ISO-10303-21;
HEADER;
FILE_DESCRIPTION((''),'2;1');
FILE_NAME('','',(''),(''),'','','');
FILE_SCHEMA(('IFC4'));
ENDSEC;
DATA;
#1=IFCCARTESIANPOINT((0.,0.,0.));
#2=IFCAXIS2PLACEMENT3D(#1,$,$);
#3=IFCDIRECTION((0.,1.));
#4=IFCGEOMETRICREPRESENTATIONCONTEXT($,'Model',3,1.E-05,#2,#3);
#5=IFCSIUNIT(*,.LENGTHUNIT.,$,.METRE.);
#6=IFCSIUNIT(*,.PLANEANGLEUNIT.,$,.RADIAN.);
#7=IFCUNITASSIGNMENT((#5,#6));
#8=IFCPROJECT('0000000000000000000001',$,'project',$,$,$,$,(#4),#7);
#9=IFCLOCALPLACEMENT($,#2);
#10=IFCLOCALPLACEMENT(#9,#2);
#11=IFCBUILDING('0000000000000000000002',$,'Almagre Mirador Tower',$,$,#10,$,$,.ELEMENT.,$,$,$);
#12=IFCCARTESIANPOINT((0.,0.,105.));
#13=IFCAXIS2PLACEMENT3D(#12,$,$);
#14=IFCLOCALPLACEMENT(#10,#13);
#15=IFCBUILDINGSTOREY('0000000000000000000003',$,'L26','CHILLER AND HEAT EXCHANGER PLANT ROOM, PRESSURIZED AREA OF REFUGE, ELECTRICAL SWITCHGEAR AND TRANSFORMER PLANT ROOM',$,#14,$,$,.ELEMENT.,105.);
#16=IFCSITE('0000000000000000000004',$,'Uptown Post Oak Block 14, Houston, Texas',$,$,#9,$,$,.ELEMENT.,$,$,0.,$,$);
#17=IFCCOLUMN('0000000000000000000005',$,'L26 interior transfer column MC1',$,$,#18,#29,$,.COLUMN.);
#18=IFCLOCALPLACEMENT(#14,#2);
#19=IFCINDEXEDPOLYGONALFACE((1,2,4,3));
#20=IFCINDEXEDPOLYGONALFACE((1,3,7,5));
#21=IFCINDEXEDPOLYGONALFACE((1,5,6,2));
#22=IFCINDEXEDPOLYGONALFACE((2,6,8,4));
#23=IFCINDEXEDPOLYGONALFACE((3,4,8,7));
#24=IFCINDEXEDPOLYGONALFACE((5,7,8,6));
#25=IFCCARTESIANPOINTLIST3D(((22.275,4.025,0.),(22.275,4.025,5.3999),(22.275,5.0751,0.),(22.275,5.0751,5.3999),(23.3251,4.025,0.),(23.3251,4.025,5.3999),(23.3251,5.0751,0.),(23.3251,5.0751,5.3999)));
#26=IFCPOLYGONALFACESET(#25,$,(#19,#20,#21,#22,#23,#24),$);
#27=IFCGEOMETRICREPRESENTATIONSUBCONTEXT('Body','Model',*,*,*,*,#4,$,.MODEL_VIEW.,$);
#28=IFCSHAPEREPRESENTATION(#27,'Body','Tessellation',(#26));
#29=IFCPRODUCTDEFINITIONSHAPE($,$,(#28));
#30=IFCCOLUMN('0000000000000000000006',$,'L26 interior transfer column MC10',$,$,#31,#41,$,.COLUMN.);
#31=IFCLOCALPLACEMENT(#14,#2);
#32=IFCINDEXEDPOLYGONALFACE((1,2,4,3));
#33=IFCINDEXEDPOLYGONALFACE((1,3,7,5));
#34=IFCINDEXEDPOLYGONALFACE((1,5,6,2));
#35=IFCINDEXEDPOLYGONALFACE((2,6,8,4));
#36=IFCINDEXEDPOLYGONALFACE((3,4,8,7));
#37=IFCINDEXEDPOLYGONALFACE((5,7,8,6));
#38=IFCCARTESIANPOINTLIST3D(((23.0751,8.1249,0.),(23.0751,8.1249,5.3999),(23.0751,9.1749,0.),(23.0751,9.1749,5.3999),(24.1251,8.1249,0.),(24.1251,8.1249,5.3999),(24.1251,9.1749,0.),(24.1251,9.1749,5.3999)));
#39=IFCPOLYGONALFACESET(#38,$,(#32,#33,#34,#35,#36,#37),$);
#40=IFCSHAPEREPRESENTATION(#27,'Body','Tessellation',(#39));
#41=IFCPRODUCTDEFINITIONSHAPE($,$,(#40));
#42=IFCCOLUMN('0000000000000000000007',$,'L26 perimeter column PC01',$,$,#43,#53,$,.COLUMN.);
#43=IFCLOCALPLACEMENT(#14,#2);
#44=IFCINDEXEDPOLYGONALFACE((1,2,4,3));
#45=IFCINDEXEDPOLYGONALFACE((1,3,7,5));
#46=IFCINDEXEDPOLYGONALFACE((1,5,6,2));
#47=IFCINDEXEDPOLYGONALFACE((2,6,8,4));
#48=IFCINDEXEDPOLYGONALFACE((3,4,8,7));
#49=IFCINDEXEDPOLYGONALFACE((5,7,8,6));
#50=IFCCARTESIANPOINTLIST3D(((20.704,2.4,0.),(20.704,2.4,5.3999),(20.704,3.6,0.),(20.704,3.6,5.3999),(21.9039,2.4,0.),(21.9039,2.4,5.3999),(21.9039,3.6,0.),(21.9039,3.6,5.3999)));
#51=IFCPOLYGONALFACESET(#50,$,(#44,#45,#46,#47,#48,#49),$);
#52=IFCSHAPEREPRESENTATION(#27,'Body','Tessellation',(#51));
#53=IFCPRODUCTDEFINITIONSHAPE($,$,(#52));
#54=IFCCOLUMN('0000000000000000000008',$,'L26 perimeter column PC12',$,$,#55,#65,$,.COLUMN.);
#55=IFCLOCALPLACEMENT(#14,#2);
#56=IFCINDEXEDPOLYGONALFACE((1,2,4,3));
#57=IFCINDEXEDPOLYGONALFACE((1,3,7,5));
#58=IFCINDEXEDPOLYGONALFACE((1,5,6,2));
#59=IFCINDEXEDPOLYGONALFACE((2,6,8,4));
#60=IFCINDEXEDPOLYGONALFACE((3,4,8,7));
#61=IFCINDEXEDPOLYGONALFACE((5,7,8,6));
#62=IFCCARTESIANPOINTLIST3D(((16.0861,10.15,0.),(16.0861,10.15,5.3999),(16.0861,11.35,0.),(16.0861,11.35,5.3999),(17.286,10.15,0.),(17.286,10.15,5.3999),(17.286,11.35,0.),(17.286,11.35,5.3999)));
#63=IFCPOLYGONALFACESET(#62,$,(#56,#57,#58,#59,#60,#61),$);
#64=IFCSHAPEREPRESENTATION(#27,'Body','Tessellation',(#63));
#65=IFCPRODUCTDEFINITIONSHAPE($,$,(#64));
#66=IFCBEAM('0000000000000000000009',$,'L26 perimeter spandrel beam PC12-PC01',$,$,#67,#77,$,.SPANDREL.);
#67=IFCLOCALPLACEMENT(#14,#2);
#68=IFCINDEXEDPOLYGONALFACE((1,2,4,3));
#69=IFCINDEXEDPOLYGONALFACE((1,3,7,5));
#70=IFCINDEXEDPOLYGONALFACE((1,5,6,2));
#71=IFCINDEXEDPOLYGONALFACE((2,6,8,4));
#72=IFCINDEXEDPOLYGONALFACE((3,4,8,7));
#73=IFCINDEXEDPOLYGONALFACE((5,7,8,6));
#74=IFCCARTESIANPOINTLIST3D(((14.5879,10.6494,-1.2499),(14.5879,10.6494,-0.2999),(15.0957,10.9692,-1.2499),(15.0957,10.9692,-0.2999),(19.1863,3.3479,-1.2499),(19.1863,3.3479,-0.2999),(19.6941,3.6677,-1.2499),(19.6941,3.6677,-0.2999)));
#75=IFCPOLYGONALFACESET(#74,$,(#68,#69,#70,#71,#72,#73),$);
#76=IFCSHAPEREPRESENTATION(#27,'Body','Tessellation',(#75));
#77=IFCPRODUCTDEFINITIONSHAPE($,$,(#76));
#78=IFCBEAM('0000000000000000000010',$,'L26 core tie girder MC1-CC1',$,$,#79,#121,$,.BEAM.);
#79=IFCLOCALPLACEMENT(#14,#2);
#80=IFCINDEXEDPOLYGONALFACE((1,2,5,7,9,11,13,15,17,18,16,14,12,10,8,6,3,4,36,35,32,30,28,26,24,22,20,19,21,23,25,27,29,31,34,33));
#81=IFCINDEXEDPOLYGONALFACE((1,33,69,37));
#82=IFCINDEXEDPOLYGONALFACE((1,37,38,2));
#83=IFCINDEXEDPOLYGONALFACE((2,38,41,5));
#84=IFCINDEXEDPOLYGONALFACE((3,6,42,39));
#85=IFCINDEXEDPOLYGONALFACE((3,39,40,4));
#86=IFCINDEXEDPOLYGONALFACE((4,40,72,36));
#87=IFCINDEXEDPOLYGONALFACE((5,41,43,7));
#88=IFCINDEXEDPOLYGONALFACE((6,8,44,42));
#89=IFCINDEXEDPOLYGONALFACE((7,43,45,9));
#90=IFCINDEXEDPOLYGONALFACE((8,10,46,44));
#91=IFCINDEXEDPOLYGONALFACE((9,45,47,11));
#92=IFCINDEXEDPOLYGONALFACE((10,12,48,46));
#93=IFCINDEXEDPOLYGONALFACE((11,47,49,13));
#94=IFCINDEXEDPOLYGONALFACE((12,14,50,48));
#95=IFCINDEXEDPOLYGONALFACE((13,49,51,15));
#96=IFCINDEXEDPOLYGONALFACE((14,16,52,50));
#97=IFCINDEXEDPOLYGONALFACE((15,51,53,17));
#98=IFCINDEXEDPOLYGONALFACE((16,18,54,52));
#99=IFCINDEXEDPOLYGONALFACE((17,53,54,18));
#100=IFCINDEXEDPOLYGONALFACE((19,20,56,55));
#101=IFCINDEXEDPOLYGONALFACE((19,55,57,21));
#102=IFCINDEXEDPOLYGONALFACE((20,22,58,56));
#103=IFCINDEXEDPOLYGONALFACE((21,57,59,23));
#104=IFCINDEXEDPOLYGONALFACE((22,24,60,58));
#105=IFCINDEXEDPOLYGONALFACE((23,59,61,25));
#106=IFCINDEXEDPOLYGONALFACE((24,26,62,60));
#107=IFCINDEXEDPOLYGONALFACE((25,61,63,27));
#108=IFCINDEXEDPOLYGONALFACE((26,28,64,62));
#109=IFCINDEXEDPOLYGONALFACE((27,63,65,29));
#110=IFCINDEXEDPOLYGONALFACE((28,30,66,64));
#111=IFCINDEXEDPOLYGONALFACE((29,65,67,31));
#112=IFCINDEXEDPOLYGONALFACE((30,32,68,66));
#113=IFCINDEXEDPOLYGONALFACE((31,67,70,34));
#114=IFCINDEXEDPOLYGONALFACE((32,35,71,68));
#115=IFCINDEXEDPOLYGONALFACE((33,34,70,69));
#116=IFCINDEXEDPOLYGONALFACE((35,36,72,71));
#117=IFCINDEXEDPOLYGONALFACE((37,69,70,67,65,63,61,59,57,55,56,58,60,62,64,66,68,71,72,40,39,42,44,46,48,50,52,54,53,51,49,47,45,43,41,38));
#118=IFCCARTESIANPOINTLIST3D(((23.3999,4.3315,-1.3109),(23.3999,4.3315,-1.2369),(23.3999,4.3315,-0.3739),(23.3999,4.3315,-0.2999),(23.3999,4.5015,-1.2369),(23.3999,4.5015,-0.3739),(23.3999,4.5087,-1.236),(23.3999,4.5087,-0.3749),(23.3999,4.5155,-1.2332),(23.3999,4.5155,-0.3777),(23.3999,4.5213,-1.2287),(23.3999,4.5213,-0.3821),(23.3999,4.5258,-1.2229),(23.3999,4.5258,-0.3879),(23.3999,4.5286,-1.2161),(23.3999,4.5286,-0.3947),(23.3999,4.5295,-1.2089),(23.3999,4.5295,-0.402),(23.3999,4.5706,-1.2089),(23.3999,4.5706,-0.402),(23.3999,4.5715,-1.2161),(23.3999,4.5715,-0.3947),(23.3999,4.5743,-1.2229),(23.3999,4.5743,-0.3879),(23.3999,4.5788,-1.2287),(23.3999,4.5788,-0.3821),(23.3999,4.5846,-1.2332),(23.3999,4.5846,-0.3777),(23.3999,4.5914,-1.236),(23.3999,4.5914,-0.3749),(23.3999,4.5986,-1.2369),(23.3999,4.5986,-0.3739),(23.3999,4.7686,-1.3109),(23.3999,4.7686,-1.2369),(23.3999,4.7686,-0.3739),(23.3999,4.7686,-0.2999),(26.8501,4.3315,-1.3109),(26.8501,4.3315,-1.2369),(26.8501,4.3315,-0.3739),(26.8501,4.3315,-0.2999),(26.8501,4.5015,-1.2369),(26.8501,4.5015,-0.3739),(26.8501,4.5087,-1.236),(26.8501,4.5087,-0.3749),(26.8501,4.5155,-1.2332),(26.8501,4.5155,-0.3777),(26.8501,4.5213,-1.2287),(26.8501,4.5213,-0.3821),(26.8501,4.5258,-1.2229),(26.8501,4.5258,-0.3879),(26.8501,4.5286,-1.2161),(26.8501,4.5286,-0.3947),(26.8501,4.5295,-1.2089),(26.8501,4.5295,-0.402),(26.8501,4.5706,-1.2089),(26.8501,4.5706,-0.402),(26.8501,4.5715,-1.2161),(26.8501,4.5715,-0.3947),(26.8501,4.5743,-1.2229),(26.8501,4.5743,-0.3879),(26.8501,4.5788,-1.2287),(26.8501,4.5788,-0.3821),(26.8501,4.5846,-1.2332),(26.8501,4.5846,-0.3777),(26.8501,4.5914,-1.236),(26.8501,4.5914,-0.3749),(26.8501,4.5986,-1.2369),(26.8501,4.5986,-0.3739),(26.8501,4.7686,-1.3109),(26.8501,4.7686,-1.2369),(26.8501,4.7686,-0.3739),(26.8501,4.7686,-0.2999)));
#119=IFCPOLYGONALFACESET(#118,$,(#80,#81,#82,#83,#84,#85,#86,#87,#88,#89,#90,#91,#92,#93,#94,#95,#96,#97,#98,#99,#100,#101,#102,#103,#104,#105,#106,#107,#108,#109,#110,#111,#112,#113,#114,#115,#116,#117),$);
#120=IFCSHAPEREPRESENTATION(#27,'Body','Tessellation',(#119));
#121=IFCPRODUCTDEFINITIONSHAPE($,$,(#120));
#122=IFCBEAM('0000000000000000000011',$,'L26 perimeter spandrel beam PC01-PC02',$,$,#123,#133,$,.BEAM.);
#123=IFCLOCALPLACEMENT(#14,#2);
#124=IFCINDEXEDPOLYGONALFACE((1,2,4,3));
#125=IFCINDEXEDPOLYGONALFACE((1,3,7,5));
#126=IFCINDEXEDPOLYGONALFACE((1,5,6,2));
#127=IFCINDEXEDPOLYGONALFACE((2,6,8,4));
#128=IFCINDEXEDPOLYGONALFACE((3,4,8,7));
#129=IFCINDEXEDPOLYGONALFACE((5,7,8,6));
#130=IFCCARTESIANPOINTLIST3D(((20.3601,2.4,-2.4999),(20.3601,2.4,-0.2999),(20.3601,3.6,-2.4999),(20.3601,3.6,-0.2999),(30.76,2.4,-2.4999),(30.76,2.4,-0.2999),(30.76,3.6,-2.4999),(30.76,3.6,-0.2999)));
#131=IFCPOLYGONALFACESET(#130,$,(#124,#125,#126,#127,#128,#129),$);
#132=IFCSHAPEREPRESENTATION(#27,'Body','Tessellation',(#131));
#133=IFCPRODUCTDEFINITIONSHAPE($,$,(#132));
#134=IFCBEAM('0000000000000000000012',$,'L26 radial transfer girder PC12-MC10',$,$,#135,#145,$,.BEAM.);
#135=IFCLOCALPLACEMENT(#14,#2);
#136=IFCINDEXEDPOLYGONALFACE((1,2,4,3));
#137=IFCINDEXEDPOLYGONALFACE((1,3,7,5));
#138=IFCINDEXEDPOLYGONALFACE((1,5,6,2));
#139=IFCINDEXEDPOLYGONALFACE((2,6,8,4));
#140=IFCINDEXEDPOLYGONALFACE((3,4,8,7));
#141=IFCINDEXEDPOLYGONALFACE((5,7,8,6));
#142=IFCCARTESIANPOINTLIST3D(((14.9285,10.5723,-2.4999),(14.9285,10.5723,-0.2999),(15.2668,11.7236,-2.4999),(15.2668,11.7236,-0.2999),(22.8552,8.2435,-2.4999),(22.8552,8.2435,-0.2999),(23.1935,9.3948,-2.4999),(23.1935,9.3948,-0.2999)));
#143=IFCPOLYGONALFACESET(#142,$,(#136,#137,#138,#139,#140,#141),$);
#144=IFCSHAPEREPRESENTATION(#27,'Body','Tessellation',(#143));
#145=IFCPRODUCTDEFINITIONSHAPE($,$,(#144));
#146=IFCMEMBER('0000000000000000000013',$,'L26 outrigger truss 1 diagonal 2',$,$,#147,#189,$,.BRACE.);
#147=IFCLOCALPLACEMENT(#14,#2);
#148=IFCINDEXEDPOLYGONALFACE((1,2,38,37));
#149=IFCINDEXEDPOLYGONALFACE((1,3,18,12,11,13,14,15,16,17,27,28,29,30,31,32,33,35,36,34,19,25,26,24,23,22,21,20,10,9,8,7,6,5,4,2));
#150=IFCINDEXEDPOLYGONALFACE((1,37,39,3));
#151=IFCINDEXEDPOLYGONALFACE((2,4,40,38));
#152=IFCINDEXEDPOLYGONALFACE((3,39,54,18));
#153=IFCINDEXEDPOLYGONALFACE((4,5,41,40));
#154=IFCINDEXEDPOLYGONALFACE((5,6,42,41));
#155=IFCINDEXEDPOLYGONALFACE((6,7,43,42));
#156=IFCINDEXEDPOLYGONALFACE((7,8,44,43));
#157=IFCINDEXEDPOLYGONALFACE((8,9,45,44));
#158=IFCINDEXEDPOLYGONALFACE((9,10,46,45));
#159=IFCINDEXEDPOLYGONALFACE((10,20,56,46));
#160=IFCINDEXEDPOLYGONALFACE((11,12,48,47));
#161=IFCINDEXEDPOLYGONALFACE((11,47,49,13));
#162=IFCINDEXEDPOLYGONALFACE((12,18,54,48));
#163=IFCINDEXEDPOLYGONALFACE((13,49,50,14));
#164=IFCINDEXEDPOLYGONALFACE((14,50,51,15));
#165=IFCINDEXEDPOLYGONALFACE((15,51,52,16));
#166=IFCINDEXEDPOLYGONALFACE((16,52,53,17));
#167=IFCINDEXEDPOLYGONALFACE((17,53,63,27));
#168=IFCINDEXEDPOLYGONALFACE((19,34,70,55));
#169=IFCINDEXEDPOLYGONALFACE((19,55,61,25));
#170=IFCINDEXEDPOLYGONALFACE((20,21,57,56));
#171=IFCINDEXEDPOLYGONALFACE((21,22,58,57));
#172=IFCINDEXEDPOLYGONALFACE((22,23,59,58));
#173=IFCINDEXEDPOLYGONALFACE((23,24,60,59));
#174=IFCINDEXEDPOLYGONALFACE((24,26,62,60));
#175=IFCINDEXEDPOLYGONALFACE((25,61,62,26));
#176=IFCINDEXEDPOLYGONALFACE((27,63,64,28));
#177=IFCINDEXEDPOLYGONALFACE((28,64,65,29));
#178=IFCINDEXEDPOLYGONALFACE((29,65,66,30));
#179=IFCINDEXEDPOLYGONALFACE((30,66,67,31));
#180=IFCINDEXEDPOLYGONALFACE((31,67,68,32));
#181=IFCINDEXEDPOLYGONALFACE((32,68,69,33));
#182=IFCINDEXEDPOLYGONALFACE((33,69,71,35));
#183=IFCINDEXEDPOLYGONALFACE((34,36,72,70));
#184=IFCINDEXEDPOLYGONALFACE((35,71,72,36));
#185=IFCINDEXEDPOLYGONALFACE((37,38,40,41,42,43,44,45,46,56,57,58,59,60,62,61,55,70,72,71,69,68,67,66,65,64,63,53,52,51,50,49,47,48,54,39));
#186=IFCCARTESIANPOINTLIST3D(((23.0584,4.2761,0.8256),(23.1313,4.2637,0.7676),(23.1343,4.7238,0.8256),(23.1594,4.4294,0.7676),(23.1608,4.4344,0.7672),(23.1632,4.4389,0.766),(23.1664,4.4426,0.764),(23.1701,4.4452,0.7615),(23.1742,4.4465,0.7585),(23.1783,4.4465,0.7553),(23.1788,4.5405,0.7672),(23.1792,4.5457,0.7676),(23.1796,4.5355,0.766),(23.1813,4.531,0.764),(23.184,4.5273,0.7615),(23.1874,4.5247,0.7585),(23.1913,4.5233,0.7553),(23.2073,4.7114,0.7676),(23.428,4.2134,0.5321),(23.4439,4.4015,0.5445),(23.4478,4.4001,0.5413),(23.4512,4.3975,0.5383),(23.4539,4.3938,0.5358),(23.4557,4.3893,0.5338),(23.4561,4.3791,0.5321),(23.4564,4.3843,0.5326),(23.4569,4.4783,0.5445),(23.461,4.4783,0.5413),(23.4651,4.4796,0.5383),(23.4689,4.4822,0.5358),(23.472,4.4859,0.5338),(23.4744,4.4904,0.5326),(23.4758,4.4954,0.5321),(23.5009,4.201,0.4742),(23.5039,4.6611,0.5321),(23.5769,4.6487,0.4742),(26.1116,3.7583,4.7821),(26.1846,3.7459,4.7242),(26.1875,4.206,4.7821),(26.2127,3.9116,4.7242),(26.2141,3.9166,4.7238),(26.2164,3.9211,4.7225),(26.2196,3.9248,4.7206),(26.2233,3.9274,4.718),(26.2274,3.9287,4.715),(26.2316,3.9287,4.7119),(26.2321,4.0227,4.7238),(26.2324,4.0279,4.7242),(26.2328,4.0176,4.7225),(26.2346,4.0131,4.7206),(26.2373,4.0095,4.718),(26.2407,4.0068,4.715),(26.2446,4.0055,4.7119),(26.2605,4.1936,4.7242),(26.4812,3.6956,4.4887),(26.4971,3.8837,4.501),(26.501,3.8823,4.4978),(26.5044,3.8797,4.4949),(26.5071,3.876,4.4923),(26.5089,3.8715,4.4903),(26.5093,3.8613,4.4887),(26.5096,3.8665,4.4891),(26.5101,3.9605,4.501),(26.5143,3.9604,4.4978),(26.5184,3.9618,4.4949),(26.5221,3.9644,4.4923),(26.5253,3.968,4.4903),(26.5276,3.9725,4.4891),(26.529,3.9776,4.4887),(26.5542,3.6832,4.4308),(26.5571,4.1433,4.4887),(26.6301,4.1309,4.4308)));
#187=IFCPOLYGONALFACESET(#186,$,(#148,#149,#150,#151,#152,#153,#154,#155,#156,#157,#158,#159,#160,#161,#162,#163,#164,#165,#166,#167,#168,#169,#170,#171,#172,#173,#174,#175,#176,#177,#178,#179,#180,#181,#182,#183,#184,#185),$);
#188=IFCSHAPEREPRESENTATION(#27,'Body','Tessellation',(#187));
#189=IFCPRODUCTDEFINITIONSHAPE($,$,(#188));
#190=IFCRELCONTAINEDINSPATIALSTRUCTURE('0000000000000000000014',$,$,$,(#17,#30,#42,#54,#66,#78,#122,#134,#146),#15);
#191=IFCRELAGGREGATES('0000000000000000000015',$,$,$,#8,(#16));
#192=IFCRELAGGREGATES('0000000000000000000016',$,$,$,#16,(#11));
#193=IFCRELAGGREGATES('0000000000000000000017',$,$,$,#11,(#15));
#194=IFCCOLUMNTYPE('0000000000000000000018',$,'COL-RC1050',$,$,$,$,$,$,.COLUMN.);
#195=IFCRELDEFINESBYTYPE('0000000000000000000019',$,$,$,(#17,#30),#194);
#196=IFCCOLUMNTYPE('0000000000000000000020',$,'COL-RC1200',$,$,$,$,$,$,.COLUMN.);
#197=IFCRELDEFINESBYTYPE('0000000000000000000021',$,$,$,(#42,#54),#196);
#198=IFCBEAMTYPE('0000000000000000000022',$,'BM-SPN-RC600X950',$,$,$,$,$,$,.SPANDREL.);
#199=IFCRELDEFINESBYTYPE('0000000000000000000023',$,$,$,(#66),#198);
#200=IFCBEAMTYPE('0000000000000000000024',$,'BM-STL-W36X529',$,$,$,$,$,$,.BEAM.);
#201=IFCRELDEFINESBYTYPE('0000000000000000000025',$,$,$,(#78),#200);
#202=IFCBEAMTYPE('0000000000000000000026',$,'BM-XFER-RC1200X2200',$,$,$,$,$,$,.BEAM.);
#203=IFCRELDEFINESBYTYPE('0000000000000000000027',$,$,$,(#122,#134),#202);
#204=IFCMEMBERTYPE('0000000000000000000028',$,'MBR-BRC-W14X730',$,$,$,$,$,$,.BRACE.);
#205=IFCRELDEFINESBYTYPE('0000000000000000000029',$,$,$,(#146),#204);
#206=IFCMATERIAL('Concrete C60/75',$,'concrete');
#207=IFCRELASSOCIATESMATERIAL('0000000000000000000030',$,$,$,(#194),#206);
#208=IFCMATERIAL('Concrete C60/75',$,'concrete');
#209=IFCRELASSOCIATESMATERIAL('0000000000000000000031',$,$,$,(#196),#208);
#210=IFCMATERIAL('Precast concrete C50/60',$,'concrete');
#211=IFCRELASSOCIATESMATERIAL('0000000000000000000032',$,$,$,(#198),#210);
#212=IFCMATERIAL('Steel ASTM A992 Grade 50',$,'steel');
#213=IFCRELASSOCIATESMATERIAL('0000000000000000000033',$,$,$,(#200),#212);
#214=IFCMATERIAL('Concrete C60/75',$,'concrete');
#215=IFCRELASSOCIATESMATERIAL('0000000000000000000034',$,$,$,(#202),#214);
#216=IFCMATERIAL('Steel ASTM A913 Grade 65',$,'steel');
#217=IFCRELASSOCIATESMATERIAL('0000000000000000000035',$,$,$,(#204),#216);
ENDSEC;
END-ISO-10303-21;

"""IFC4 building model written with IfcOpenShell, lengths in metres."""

from ifc_helpers import new_model, si_unit, direction, frame, origin, origin_2d, place, context, subcontext, project, spatial, rectangle, i_section, extrude, material, material_profile, profile_set, type_object, element, save


model = new_model("IFC4")

# Units and contexts
model_context = context("Model", 3, precision=1e-05, world=origin(), true_north=direction((0.0, 1.0)))
body_context = subcontext(model_context, "Body", "Model", "MODEL_VIEW")
ifc_project = project(units=[si_unit("LENGTHUNIT", "METRE"), si_unit("PLANEANGLEUNIT", "RADIAN")], contexts=[model_context])

# Site, building, storey
site_placement = place(None, origin())
site = spatial("IfcSite", under=ifc_project, at=site_placement, Name="Uptown Post Oak Block 14, Houston, Texas", CompositionType="ELEMENT", RefElevation=0.0)
building_placement = place(site_placement, origin())
building = spatial("IfcBuilding", under=site, at=building_placement, Name="Almagre Mirador Tower", CompositionType="ELEMENT")
storey_placement = place(building_placement, frame((0.0, 0.0, 105.0)))
storey = spatial("IfcBuildingStorey", under=building, at=storey_placement, Name="L26", Description="CHILLER AND HEAT EXCHANGER PLANT ROOM, PRESSURIZED AREA OF REFUGE, ELECTRICAL SWITCHGEAR AND TRANSFORMER PLANT ROOM", CompositionType="ELEMENT", Elevation=105.0)

# Columns
ifc_material_1 = material(Name="Concrete C60/75", Category="concrete")
ifc_material_profile_1 = material_profile(ifc_material_1, rectangle(XDim=1.05, YDim=1.05, at=origin_2d()), Name="RC1050X1050")
ifc_profile_set_1 = profile_set([ifc_material_profile_1], Name="Concrete C60/75")
column_type_1 = type_object("IfcColumnType", Name="COL-RC1050", PredefinedType="COLUMN", material=ifc_profile_set_1)
for number, where, z_axis, x_axis, name in (
    (1, (22.8, 4.55, 0.0), (0.0, 0.0, 1.0), (1.0, 0.0, 0.0), "L26 interior transfer column MC1"),
    (2, (23.6001, 8.6499, 0.0), (0.0, 0.0, 1.0), (1.0, 0.0, 0.0), "L26 interior transfer column MC10"),
):
    element("IfcColumn", number, at=place(storey_placement, frame(where, z_axis=z_axis, x_axis=x_axis)), inside=storey, type_object=column_type_1, Name=name, PredefinedType="COLUMN", context=body_context, shape_type="SweptSolid", body=[
        extrude(rectangle(XDim=1.05, YDim=1.05, at=origin_2d()), origin(), (0.0, 0.0, 1.0), 5.3999),
    ])
ifc_material_2 = material(Name="Concrete C60/75", Category="concrete")
ifc_material_profile_2 = material_profile(ifc_material_2, rectangle(XDim=1.2, YDim=1.2, at=origin_2d()), Name="RC1200X1200")
ifc_profile_set_2 = profile_set([ifc_material_profile_2], Name="Concrete C60/75")
column_type_2 = type_object("IfcColumnType", Name="COL-RC1200", PredefinedType="COLUMN", material=ifc_profile_set_2)
for number, where, z_axis, x_axis, name in (
    (3, (21.304, 3.0, 0.0), (0.0, 0.0, 1.0), (1.0, 0.0, 0.0), "L26 perimeter column PC01"),
    (4, (16.686, 10.75, 0.0), (0.0, 0.0, 1.0), (1.0, 0.0, 0.0), "L26 perimeter column PC12"),
):
    element("IfcColumn", number, at=place(storey_placement, frame(where, z_axis=z_axis, x_axis=x_axis)), inside=storey, type_object=column_type_2, Name=name, PredefinedType="COLUMN", context=body_context, shape_type="SweptSolid", body=[
        extrude(rectangle(XDim=1.2, YDim=1.2, at=origin_2d()), origin(), (0.0, 0.0, 1.0), 5.3999),
    ])

# Beams
ifc_material_3 = material(Name="Precast concrete C50/60", Category="concrete")
ifc_material_profile_3 = material_profile(ifc_material_3, rectangle(XDim=0.6001, YDim=0.95, at=origin_2d()), Name="RC600X950")
ifc_profile_set_3 = profile_set([ifc_material_profile_3], Name="Precast concrete C50/60")
beam_type_1 = type_object("IfcBeamType", Name="BM-SPN-RC600X950", PredefinedType="SPANDREL", material=ifc_profile_set_3)
beam_1_placement = place(storey_placement, frame((14.8418, 10.8093, -0.7749), z_axis=(0.532908, -0.846173, 0.0), x_axis=(0.846173, 0.532908, 0.0)))
element("IfcBeam", 5, at=beam_1_placement, inside=storey, type_object=beam_type_1, Name="L26 perimeter spandrel beam PC12-PC01", PredefinedType="SPANDREL", context=body_context, shape_type="SweptSolid", body=[
    extrude(rectangle(XDim=0.6001, YDim=0.95, at=origin_2d()), origin(), (0.0, 0.0, 1.0), 8.6289),
])
ifc_material_4 = material(Name="Steel ASTM A992 Grade 50", Category="steel")
ifc_material_profile_4 = material_profile(ifc_material_4, i_section(OverallWidth=0.437, OverallDepth=1.011, WebThickness=0.041, FlangeThickness=0.074, FilletRadius=0.0281, at=origin_2d()), Name="W36X529")
ifc_profile_set_4 = profile_set([ifc_material_profile_4], Name="Steel ASTM A992 Grade 50")
beam_type_2 = type_object("IfcBeamType", Name="BM-STL-W36X529", PredefinedType="BEAM", material=ifc_profile_set_4)
beam_2_placement = place(storey_placement, frame((23.3999, 4.55, -0.8054), z_axis=(1.0, 0.0, 0.0), x_axis=(0.0, 1.0, 0.0)))
element("IfcBeam", 6, at=beam_2_placement, inside=storey, type_object=beam_type_2, Name="L26 core tie girder MC1-CC1", PredefinedType="BEAM", context=body_context, shape_type="SweptSolid", body=[
    extrude(i_section(OverallWidth=0.437, OverallDepth=1.011, WebThickness=0.041, FlangeThickness=0.074, FilletRadius=0.0281, at=origin_2d()), origin(), (0.0, 0.0, 1.0), 3.4502),
])
ifc_material_5 = material(Name="Concrete C60/75", Category="concrete")
ifc_material_profile_5 = material_profile(ifc_material_5, rectangle(XDim=1.2, YDim=2.2, at=origin_2d()), Name="RC1200X2200")
ifc_profile_set_5 = profile_set([ifc_material_profile_5], Name="Concrete C60/75")
beam_type_3 = type_object("IfcBeamType", Name="BM-XFER-RC1200X2200", PredefinedType="BEAM", material=ifc_profile_set_5)
beam_3_placement = place(storey_placement, frame((20.3601, 3.0, -1.3999), z_axis=(1.0, 0.0, 0.0), x_axis=(0.0, 1.0, 0.0)))
element("IfcBeam", 7, at=beam_3_placement, inside=storey, type_object=beam_type_3, Name="L26 perimeter spandrel beam PC01-PC02", PredefinedType="BEAM", context=body_context, shape_type="SweptSolid", body=[
    extrude(rectangle(XDim=1.2, YDim=2.2, at=origin_2d()), origin(), (0.0, 0.0, 1.0), 10.3999),
])
beam_4_placement = place(storey_placement, frame((15.0977, 11.1479, -1.3999), z_axis=(0.959449, -0.281883, 0.0), x_axis=(0.281883, 0.959449, 0.0)))
element("IfcBeam", 8, at=beam_4_placement, inside=storey, type_object=beam_type_3, Name="L26 radial transfer girder PC12-MC10", PredefinedType="BEAM", context=body_context, shape_type="SweptSolid", body=[
    extrude(rectangle(XDim=1.2, YDim=2.2, at=origin_2d()), origin(), (0.0, 0.0, 1.0), 8.2617),
])

# Member
ifc_material_6 = material(Name="Steel ASTM A913 Grade 65", Category="steel")
ifc_material_profile_6 = material_profile(ifc_material_6, i_section(OverallWidth=0.4541, OverallDepth=0.5701, WebThickness=0.0779, FlangeThickness=0.094, FilletRadius=0.02, at=origin_2d()), Name="W14X730")
ifc_profile_set_6 = profile_set([ifc_material_profile_6], Name="Steel ASTM A913 Grade 65")
member_type = type_object("IfcMemberType", Name="MBR-BRC-W14X730", PredefinedType="BRACE", material=ifc_profile_set_6)
member_placement = place(storey_placement, frame((26.3708, 3.9446, 4.6064), z_axis=(-0.60768, 0.103062, -0.787467), x_axis=(-0.167211, -0.985921, 0.0)))
element("IfcMember", 9, at=member_placement, inside=storey, type_object=member_type, Name="L26 outrigger truss 1 diagonal 2", PredefinedType="BRACE", context=body_context, shape_type="SweptSolid", body=[
    extrude(i_section(OverallWidth=0.4541, OverallDepth=0.5701, WebThickness=0.0779, FlangeThickness=0.094, FilletRadius=0.02, at=origin_2d()), origin(), (0.0, 0.0, 1.0), 5.0244),
])

save(model, "model.ifc")
